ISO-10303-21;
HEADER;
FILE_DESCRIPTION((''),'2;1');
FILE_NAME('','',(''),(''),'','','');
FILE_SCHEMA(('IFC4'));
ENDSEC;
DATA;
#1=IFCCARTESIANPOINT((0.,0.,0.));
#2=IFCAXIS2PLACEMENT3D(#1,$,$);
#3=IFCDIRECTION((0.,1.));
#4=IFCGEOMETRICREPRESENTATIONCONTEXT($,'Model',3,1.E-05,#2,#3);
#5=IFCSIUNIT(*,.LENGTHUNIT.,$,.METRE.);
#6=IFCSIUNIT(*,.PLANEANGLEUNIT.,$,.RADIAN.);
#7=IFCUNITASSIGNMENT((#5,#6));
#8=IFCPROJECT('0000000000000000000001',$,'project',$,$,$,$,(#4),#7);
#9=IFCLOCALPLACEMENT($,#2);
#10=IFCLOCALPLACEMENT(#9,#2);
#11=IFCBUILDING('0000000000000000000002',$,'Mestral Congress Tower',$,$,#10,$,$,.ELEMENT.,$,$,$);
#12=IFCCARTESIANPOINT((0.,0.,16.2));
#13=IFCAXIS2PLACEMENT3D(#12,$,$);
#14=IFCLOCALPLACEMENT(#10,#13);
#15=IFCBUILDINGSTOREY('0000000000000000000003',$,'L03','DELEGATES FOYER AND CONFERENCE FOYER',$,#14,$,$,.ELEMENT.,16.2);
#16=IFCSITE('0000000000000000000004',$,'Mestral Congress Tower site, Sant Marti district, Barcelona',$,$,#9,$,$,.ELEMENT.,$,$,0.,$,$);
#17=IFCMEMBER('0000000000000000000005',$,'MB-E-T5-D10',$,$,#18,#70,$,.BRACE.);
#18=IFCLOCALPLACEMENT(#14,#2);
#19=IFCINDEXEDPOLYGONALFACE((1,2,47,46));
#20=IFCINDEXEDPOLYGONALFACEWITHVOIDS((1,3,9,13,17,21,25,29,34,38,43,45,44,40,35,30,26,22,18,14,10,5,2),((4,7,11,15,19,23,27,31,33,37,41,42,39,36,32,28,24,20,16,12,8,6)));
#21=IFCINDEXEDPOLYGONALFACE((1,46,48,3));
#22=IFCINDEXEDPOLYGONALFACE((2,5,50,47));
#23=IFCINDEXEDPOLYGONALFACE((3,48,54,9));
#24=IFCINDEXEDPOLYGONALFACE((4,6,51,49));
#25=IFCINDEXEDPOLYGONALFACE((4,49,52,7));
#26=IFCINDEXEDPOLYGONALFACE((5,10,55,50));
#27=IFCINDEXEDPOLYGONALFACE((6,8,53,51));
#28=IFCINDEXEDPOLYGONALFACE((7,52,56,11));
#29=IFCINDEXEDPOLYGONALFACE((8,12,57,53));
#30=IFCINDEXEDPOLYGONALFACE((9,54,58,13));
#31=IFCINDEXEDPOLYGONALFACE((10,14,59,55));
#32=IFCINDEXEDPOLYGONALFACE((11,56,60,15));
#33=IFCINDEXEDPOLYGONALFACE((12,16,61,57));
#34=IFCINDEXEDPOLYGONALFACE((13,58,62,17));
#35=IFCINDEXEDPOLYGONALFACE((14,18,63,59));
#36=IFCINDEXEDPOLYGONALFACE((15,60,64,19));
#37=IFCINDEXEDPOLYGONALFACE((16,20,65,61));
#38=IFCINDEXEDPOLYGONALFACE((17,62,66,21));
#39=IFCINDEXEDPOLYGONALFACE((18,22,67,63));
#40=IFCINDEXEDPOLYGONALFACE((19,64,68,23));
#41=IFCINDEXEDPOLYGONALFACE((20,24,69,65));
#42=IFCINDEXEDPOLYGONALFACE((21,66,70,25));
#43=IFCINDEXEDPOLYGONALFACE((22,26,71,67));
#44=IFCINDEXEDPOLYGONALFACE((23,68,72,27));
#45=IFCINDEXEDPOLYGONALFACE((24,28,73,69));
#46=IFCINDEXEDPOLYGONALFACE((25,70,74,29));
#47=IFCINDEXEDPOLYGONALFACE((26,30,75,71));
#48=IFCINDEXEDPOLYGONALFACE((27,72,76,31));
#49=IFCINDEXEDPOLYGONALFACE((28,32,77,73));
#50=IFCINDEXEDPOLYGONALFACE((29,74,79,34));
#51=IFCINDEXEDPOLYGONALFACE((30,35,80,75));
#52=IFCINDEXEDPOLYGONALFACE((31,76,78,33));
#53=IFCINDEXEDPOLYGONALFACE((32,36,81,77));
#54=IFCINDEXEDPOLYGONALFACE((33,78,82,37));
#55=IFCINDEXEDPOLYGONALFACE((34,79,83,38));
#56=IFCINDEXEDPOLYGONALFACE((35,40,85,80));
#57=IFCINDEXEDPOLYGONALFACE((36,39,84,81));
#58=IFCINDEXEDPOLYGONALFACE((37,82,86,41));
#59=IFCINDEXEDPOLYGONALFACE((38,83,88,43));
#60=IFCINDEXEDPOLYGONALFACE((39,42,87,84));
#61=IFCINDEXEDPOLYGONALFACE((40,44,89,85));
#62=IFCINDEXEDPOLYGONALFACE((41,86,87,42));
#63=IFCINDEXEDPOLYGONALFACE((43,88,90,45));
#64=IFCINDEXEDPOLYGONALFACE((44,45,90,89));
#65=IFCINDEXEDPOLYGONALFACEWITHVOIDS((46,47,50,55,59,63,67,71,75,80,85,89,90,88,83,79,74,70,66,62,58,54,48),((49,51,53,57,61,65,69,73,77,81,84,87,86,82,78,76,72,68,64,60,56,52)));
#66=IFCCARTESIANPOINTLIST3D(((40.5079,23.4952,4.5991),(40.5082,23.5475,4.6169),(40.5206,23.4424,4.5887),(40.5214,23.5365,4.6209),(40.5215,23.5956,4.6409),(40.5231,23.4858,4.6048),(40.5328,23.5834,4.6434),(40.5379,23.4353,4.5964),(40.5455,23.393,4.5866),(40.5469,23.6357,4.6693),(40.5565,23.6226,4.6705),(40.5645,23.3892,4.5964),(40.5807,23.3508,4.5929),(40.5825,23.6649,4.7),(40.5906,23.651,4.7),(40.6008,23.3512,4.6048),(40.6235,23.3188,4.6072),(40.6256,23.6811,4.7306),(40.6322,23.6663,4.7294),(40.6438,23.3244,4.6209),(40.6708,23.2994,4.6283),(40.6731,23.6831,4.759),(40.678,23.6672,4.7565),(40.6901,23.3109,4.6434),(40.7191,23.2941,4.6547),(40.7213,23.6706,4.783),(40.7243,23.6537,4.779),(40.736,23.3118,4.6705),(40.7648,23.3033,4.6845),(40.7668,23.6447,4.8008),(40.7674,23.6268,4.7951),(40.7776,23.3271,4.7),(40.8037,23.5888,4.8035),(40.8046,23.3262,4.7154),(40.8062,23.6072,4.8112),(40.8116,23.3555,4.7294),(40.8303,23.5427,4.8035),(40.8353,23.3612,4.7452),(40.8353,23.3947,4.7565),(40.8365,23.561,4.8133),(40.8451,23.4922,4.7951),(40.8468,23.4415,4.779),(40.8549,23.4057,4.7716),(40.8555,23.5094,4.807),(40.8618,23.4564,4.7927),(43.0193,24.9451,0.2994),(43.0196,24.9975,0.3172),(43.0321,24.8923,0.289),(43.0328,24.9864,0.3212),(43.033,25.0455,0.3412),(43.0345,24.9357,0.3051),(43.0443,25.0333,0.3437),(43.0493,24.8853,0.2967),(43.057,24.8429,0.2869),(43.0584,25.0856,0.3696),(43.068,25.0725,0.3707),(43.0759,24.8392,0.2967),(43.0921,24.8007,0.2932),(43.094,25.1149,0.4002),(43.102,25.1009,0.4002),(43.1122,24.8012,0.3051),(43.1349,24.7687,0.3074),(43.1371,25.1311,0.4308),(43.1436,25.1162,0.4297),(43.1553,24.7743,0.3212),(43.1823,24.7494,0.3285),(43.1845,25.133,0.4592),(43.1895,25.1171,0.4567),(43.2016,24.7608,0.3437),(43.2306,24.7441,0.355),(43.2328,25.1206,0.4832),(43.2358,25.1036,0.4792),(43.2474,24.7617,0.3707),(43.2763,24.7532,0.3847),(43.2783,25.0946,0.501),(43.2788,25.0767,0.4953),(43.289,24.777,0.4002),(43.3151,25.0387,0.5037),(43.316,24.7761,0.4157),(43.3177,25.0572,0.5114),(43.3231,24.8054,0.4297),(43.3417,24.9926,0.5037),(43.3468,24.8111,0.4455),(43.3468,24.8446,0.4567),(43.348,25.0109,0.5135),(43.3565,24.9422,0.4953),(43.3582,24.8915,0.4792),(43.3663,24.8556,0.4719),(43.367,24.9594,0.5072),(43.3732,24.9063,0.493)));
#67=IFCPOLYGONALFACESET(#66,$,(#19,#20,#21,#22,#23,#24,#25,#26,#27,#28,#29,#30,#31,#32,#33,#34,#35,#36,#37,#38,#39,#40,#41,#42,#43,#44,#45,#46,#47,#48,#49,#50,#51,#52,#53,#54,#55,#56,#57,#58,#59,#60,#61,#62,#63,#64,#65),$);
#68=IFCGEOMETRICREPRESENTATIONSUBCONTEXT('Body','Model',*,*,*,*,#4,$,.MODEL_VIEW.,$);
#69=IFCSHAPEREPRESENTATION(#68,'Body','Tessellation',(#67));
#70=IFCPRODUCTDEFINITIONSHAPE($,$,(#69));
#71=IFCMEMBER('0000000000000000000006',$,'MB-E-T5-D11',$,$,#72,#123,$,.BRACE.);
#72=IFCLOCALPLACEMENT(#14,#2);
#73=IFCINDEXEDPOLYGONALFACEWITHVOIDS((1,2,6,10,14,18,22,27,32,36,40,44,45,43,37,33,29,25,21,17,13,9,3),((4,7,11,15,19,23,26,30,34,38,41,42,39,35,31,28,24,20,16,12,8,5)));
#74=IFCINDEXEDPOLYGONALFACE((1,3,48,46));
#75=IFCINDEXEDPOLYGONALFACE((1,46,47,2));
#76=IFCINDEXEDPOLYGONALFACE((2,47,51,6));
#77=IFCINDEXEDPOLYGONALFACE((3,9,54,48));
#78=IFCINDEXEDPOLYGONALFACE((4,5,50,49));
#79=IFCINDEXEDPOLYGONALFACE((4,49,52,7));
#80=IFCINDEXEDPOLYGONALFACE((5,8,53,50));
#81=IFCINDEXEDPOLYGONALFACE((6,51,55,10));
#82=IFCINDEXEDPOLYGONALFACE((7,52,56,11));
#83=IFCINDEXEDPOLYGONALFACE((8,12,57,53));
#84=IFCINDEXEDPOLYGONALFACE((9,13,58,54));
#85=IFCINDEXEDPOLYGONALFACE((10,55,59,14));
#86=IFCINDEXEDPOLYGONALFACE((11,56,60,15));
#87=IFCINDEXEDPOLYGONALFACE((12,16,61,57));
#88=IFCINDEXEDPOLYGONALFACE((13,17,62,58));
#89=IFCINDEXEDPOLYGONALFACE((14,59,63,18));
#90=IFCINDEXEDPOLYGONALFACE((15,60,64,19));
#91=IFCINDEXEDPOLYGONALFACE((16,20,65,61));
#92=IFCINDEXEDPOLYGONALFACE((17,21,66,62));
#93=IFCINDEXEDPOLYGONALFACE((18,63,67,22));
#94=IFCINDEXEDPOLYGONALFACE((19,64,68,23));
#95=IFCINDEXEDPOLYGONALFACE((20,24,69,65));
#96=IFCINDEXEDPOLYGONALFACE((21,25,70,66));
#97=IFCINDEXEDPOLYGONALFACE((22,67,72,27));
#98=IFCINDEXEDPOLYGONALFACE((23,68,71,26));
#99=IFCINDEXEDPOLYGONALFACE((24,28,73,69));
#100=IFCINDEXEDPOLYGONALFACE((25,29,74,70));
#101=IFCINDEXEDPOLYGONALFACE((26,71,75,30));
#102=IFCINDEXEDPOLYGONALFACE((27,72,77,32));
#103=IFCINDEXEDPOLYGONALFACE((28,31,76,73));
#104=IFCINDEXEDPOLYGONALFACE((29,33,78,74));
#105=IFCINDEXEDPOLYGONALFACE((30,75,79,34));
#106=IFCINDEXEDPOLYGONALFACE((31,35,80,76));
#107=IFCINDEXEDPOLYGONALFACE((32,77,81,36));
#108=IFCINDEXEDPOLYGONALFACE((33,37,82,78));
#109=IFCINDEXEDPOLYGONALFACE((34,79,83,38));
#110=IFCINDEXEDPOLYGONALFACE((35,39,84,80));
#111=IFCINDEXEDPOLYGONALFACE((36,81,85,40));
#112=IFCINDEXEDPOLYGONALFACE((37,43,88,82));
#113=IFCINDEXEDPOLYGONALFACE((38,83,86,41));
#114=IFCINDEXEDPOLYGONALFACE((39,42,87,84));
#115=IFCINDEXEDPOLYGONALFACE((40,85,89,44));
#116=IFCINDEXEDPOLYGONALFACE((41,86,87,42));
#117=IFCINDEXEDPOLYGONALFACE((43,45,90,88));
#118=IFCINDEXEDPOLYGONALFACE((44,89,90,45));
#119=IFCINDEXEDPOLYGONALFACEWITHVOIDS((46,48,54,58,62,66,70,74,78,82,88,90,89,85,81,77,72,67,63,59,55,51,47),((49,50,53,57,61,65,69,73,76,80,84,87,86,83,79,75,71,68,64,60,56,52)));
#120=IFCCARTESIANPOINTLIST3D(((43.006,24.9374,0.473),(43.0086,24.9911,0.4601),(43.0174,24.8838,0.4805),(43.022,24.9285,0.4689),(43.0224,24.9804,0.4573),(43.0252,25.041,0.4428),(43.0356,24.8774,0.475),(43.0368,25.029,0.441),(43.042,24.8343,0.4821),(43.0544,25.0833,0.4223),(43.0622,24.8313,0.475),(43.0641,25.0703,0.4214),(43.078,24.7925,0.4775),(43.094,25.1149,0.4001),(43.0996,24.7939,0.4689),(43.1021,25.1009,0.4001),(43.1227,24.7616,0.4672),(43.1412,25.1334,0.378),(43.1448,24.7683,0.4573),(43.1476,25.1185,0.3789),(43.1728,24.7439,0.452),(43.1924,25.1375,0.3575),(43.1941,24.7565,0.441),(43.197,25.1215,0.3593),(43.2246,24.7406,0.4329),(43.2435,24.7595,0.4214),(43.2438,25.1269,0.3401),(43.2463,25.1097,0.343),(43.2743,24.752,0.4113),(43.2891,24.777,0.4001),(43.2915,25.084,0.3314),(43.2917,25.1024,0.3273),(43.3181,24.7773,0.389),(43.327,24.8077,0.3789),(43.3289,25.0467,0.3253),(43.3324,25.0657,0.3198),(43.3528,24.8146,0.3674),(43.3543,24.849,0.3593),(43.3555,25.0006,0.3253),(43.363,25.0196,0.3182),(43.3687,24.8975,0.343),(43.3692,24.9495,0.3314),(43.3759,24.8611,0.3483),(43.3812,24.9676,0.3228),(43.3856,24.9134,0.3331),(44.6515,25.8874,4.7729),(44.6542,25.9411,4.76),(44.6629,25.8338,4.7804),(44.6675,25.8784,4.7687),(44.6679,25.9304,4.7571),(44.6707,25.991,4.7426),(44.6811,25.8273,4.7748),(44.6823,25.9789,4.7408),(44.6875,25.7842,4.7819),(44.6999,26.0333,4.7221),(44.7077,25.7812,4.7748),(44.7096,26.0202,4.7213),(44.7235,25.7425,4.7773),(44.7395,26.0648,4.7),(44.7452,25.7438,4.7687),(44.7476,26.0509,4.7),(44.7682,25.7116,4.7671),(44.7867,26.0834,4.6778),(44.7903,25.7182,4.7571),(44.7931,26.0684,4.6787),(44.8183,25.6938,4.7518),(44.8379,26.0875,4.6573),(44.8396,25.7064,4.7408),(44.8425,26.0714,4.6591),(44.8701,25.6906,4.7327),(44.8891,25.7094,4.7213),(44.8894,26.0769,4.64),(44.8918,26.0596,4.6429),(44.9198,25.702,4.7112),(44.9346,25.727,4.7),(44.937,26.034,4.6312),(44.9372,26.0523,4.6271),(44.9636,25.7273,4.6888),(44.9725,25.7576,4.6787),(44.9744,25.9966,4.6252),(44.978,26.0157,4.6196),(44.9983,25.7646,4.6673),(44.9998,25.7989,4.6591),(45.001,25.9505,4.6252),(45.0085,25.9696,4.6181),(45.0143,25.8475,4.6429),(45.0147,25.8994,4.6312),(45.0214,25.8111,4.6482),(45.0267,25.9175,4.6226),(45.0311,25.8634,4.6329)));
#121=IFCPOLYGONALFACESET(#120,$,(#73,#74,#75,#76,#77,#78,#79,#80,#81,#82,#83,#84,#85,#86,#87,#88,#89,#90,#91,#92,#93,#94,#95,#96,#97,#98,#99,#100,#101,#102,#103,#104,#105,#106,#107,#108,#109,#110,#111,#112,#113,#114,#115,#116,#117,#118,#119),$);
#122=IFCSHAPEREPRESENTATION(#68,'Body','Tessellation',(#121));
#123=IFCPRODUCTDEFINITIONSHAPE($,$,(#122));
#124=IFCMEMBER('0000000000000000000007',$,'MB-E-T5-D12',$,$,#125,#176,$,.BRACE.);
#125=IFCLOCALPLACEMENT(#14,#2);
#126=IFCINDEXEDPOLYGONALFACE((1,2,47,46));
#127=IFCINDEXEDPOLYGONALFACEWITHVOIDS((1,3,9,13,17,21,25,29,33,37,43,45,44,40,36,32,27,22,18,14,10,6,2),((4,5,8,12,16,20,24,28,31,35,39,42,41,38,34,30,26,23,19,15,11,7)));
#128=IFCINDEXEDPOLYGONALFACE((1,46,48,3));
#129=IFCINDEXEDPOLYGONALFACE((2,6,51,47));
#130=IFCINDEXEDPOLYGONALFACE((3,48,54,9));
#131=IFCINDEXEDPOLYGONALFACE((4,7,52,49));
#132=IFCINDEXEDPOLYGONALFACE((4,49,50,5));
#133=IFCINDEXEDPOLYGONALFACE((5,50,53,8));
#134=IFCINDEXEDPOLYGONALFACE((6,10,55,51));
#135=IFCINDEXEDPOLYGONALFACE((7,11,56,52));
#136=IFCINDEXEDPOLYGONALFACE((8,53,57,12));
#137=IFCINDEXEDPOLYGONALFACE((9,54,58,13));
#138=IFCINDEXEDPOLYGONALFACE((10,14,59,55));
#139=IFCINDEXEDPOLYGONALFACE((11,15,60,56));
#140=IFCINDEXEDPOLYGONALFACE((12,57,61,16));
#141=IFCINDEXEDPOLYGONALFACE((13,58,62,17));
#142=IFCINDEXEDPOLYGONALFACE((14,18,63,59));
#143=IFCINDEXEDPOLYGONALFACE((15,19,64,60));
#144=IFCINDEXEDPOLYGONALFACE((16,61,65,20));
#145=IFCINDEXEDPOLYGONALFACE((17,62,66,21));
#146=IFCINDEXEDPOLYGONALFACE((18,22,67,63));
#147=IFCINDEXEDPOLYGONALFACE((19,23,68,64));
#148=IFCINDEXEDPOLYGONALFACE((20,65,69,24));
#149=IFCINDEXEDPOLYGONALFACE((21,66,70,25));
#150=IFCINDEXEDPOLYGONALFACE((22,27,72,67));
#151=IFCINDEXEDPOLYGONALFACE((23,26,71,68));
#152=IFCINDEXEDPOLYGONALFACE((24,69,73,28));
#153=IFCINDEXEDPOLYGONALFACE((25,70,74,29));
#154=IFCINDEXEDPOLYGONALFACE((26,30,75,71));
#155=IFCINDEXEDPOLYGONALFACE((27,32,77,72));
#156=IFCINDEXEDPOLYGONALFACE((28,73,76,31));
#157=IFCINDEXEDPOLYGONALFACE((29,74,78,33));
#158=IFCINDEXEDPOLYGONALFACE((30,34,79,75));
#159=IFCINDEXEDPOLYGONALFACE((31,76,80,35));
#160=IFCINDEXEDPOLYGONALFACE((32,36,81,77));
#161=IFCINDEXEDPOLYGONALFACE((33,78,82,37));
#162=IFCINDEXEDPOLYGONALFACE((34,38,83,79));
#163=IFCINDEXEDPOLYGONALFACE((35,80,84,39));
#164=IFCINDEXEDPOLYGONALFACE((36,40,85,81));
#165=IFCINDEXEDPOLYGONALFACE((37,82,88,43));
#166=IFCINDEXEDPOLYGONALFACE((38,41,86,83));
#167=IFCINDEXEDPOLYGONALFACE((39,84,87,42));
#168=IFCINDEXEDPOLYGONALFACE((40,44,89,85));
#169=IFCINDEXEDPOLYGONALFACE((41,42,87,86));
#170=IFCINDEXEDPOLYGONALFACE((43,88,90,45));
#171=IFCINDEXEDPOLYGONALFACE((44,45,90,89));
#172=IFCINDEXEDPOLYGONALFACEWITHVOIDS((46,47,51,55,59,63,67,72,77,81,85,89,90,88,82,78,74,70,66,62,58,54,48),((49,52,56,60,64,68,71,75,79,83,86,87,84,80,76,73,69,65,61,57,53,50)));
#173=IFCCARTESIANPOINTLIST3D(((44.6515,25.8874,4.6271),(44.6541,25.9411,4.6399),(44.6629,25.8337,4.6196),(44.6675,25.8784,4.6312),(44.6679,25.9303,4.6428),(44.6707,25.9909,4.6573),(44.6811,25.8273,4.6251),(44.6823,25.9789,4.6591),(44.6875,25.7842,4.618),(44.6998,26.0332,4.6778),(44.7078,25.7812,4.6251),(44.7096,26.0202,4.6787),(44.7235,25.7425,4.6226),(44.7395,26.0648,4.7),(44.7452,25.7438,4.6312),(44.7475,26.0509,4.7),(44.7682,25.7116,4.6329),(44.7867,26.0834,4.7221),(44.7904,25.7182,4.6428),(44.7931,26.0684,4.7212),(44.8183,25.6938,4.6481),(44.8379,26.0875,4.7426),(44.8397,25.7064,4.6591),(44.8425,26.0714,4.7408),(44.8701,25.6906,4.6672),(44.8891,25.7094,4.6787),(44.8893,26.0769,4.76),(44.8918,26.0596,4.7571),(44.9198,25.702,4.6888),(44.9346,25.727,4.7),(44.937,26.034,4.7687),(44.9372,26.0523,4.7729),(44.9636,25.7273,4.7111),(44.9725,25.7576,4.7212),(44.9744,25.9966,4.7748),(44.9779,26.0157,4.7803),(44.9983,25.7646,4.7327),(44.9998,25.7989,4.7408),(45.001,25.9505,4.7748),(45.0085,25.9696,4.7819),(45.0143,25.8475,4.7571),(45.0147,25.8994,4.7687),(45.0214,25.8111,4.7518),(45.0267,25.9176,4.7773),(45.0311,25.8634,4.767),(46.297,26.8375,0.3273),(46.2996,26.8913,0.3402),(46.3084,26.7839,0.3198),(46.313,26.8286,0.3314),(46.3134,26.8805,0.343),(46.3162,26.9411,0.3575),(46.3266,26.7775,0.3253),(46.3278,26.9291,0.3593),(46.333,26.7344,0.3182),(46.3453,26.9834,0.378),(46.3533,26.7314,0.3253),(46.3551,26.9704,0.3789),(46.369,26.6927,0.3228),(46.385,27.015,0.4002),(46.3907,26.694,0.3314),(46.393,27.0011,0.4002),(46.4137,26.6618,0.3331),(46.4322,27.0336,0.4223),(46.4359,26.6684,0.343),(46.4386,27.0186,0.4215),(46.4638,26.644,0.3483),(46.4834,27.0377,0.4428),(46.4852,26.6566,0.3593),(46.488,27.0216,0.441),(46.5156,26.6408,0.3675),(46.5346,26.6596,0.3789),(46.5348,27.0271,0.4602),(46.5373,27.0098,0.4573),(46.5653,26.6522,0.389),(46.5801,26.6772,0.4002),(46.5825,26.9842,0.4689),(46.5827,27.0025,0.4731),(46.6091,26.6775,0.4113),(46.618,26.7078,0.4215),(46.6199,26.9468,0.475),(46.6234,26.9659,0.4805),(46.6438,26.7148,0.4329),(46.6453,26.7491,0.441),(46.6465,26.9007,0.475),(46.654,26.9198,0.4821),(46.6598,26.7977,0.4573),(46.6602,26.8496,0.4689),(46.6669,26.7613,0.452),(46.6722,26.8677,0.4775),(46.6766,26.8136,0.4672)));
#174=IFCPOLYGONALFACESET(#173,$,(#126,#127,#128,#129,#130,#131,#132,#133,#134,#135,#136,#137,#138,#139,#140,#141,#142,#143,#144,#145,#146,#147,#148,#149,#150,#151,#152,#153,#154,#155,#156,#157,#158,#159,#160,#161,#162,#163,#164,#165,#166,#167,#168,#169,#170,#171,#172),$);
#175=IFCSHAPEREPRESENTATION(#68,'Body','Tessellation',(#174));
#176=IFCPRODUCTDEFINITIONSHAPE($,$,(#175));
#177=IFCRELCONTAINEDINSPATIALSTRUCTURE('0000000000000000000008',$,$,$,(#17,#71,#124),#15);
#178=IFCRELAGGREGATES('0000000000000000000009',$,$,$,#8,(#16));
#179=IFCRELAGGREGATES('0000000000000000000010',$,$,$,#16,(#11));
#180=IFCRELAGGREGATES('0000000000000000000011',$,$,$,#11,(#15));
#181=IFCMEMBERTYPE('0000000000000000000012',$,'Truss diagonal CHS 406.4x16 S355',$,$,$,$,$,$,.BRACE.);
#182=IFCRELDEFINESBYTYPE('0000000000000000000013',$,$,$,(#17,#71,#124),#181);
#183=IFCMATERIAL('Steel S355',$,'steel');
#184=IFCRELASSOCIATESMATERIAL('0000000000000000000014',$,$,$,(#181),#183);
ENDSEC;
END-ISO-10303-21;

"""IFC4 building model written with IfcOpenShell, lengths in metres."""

from ifc_helpers import new_model, si_unit, direction, frame, origin, origin_2d, place, context, subcontext, project, spatial, hollow_circle, extrude, material, material_profile, profile_set, type_object, element, save


model = new_model("IFC4")

# Units and contexts
model_context = context("Model", 3, precision=1e-05, world=origin(), true_north=direction((0.0, 1.0)))
body_context = subcontext(model_context, "Body", "Model", "MODEL_VIEW")
ifc_project = project(units=[si_unit("LENGTHUNIT", "METRE"), si_unit("PLANEANGLEUNIT", "RADIAN")], contexts=[model_context])

# Site, building, storey
site_placement = place(None, origin())
site = spatial("IfcSite", under=ifc_project, at=site_placement, Name="Mestral Congress Tower site, Sant Marti district, Barcelona", CompositionType="ELEMENT", RefElevation=0.0)
building_placement = place(site_placement, origin())
building = spatial("IfcBuilding", under=site, at=building_placement, Name="Mestral Congress Tower", CompositionType="ELEMENT")
storey_placement = place(building_placement, frame((0.0, 0.0, 16.2)))
storey = spatial("IfcBuildingStorey", under=building, at=storey_placement, Name="L03", Description="DELEGATES FOYER AND CONFERENCE FOYER", CompositionType="ELEMENT", Elevation=16.2)

# Members
ifc_material = material(Name="Steel S355", Category="steel")
ifc_material_profile_1 = material_profile(ifc_material, hollow_circle(Radius=0.2031, WallThickness=0.0161, at=origin_2d()), Name="CHS 406.4x16")
ifc_profile_set_1 = profile_set([ifc_material_profile_1], Name="Steel S355")
member_type_1 = type_object("IfcMemberType", Name="Truss diagonal CHS 406.4x16 S355", PredefinedType="BRACE", material=ifc_profile_set_1)
for number, where, z_axis, x_axis, name in (
    (1, (40.6841, 23.489, 4.7), (0.484247, 0.279571, -0.829062), (-0.499987, 0.866033, 0.0), "MB-E-T5-D10"),
):
    element("IfcMember", number, at=place(storey_placement, frame(where, z_axis=z_axis, x_axis=x_axis)), inside=storey, type_object=member_type_1, Name=name, PredefinedType="BRACE", context=body_context, shape_type="SweptSolid", body=[
        extrude(hollow_circle(Radius=0.2031, WallThickness=0.0161, at=origin_2d()), origin(), (0.0, 0.0, 1.0), 5.1863),
    ])
for number, where, z_axis, x_axis, name in (
    (2, (43.1956, 24.939, 0.4001), (0.350041, 0.202079, 0.914678), (-0.499967, 0.866044, 0.0), "MB-E-T5-D11"),
    (3, (44.8411, 25.8889, 4.7), (0.350038, 0.202129, -0.914668), (-0.500064, 0.865989, 0.0), "MB-E-T5-D12"),
):
    element("IfcMember", number, at=place(storey_placement, frame(where, z_axis=z_axis, x_axis=x_axis)), inside=storey, type_object=member_type_1, Name=name, PredefinedType="BRACE", context=body_context, shape_type="SweptSolid", body=[
        extrude(hollow_circle(Radius=0.2031, WallThickness=0.0161, at=origin_2d()), origin(), (0.0, 0.0, 1.0), 4.7009),
    ])

save(model, "model.ifc")
